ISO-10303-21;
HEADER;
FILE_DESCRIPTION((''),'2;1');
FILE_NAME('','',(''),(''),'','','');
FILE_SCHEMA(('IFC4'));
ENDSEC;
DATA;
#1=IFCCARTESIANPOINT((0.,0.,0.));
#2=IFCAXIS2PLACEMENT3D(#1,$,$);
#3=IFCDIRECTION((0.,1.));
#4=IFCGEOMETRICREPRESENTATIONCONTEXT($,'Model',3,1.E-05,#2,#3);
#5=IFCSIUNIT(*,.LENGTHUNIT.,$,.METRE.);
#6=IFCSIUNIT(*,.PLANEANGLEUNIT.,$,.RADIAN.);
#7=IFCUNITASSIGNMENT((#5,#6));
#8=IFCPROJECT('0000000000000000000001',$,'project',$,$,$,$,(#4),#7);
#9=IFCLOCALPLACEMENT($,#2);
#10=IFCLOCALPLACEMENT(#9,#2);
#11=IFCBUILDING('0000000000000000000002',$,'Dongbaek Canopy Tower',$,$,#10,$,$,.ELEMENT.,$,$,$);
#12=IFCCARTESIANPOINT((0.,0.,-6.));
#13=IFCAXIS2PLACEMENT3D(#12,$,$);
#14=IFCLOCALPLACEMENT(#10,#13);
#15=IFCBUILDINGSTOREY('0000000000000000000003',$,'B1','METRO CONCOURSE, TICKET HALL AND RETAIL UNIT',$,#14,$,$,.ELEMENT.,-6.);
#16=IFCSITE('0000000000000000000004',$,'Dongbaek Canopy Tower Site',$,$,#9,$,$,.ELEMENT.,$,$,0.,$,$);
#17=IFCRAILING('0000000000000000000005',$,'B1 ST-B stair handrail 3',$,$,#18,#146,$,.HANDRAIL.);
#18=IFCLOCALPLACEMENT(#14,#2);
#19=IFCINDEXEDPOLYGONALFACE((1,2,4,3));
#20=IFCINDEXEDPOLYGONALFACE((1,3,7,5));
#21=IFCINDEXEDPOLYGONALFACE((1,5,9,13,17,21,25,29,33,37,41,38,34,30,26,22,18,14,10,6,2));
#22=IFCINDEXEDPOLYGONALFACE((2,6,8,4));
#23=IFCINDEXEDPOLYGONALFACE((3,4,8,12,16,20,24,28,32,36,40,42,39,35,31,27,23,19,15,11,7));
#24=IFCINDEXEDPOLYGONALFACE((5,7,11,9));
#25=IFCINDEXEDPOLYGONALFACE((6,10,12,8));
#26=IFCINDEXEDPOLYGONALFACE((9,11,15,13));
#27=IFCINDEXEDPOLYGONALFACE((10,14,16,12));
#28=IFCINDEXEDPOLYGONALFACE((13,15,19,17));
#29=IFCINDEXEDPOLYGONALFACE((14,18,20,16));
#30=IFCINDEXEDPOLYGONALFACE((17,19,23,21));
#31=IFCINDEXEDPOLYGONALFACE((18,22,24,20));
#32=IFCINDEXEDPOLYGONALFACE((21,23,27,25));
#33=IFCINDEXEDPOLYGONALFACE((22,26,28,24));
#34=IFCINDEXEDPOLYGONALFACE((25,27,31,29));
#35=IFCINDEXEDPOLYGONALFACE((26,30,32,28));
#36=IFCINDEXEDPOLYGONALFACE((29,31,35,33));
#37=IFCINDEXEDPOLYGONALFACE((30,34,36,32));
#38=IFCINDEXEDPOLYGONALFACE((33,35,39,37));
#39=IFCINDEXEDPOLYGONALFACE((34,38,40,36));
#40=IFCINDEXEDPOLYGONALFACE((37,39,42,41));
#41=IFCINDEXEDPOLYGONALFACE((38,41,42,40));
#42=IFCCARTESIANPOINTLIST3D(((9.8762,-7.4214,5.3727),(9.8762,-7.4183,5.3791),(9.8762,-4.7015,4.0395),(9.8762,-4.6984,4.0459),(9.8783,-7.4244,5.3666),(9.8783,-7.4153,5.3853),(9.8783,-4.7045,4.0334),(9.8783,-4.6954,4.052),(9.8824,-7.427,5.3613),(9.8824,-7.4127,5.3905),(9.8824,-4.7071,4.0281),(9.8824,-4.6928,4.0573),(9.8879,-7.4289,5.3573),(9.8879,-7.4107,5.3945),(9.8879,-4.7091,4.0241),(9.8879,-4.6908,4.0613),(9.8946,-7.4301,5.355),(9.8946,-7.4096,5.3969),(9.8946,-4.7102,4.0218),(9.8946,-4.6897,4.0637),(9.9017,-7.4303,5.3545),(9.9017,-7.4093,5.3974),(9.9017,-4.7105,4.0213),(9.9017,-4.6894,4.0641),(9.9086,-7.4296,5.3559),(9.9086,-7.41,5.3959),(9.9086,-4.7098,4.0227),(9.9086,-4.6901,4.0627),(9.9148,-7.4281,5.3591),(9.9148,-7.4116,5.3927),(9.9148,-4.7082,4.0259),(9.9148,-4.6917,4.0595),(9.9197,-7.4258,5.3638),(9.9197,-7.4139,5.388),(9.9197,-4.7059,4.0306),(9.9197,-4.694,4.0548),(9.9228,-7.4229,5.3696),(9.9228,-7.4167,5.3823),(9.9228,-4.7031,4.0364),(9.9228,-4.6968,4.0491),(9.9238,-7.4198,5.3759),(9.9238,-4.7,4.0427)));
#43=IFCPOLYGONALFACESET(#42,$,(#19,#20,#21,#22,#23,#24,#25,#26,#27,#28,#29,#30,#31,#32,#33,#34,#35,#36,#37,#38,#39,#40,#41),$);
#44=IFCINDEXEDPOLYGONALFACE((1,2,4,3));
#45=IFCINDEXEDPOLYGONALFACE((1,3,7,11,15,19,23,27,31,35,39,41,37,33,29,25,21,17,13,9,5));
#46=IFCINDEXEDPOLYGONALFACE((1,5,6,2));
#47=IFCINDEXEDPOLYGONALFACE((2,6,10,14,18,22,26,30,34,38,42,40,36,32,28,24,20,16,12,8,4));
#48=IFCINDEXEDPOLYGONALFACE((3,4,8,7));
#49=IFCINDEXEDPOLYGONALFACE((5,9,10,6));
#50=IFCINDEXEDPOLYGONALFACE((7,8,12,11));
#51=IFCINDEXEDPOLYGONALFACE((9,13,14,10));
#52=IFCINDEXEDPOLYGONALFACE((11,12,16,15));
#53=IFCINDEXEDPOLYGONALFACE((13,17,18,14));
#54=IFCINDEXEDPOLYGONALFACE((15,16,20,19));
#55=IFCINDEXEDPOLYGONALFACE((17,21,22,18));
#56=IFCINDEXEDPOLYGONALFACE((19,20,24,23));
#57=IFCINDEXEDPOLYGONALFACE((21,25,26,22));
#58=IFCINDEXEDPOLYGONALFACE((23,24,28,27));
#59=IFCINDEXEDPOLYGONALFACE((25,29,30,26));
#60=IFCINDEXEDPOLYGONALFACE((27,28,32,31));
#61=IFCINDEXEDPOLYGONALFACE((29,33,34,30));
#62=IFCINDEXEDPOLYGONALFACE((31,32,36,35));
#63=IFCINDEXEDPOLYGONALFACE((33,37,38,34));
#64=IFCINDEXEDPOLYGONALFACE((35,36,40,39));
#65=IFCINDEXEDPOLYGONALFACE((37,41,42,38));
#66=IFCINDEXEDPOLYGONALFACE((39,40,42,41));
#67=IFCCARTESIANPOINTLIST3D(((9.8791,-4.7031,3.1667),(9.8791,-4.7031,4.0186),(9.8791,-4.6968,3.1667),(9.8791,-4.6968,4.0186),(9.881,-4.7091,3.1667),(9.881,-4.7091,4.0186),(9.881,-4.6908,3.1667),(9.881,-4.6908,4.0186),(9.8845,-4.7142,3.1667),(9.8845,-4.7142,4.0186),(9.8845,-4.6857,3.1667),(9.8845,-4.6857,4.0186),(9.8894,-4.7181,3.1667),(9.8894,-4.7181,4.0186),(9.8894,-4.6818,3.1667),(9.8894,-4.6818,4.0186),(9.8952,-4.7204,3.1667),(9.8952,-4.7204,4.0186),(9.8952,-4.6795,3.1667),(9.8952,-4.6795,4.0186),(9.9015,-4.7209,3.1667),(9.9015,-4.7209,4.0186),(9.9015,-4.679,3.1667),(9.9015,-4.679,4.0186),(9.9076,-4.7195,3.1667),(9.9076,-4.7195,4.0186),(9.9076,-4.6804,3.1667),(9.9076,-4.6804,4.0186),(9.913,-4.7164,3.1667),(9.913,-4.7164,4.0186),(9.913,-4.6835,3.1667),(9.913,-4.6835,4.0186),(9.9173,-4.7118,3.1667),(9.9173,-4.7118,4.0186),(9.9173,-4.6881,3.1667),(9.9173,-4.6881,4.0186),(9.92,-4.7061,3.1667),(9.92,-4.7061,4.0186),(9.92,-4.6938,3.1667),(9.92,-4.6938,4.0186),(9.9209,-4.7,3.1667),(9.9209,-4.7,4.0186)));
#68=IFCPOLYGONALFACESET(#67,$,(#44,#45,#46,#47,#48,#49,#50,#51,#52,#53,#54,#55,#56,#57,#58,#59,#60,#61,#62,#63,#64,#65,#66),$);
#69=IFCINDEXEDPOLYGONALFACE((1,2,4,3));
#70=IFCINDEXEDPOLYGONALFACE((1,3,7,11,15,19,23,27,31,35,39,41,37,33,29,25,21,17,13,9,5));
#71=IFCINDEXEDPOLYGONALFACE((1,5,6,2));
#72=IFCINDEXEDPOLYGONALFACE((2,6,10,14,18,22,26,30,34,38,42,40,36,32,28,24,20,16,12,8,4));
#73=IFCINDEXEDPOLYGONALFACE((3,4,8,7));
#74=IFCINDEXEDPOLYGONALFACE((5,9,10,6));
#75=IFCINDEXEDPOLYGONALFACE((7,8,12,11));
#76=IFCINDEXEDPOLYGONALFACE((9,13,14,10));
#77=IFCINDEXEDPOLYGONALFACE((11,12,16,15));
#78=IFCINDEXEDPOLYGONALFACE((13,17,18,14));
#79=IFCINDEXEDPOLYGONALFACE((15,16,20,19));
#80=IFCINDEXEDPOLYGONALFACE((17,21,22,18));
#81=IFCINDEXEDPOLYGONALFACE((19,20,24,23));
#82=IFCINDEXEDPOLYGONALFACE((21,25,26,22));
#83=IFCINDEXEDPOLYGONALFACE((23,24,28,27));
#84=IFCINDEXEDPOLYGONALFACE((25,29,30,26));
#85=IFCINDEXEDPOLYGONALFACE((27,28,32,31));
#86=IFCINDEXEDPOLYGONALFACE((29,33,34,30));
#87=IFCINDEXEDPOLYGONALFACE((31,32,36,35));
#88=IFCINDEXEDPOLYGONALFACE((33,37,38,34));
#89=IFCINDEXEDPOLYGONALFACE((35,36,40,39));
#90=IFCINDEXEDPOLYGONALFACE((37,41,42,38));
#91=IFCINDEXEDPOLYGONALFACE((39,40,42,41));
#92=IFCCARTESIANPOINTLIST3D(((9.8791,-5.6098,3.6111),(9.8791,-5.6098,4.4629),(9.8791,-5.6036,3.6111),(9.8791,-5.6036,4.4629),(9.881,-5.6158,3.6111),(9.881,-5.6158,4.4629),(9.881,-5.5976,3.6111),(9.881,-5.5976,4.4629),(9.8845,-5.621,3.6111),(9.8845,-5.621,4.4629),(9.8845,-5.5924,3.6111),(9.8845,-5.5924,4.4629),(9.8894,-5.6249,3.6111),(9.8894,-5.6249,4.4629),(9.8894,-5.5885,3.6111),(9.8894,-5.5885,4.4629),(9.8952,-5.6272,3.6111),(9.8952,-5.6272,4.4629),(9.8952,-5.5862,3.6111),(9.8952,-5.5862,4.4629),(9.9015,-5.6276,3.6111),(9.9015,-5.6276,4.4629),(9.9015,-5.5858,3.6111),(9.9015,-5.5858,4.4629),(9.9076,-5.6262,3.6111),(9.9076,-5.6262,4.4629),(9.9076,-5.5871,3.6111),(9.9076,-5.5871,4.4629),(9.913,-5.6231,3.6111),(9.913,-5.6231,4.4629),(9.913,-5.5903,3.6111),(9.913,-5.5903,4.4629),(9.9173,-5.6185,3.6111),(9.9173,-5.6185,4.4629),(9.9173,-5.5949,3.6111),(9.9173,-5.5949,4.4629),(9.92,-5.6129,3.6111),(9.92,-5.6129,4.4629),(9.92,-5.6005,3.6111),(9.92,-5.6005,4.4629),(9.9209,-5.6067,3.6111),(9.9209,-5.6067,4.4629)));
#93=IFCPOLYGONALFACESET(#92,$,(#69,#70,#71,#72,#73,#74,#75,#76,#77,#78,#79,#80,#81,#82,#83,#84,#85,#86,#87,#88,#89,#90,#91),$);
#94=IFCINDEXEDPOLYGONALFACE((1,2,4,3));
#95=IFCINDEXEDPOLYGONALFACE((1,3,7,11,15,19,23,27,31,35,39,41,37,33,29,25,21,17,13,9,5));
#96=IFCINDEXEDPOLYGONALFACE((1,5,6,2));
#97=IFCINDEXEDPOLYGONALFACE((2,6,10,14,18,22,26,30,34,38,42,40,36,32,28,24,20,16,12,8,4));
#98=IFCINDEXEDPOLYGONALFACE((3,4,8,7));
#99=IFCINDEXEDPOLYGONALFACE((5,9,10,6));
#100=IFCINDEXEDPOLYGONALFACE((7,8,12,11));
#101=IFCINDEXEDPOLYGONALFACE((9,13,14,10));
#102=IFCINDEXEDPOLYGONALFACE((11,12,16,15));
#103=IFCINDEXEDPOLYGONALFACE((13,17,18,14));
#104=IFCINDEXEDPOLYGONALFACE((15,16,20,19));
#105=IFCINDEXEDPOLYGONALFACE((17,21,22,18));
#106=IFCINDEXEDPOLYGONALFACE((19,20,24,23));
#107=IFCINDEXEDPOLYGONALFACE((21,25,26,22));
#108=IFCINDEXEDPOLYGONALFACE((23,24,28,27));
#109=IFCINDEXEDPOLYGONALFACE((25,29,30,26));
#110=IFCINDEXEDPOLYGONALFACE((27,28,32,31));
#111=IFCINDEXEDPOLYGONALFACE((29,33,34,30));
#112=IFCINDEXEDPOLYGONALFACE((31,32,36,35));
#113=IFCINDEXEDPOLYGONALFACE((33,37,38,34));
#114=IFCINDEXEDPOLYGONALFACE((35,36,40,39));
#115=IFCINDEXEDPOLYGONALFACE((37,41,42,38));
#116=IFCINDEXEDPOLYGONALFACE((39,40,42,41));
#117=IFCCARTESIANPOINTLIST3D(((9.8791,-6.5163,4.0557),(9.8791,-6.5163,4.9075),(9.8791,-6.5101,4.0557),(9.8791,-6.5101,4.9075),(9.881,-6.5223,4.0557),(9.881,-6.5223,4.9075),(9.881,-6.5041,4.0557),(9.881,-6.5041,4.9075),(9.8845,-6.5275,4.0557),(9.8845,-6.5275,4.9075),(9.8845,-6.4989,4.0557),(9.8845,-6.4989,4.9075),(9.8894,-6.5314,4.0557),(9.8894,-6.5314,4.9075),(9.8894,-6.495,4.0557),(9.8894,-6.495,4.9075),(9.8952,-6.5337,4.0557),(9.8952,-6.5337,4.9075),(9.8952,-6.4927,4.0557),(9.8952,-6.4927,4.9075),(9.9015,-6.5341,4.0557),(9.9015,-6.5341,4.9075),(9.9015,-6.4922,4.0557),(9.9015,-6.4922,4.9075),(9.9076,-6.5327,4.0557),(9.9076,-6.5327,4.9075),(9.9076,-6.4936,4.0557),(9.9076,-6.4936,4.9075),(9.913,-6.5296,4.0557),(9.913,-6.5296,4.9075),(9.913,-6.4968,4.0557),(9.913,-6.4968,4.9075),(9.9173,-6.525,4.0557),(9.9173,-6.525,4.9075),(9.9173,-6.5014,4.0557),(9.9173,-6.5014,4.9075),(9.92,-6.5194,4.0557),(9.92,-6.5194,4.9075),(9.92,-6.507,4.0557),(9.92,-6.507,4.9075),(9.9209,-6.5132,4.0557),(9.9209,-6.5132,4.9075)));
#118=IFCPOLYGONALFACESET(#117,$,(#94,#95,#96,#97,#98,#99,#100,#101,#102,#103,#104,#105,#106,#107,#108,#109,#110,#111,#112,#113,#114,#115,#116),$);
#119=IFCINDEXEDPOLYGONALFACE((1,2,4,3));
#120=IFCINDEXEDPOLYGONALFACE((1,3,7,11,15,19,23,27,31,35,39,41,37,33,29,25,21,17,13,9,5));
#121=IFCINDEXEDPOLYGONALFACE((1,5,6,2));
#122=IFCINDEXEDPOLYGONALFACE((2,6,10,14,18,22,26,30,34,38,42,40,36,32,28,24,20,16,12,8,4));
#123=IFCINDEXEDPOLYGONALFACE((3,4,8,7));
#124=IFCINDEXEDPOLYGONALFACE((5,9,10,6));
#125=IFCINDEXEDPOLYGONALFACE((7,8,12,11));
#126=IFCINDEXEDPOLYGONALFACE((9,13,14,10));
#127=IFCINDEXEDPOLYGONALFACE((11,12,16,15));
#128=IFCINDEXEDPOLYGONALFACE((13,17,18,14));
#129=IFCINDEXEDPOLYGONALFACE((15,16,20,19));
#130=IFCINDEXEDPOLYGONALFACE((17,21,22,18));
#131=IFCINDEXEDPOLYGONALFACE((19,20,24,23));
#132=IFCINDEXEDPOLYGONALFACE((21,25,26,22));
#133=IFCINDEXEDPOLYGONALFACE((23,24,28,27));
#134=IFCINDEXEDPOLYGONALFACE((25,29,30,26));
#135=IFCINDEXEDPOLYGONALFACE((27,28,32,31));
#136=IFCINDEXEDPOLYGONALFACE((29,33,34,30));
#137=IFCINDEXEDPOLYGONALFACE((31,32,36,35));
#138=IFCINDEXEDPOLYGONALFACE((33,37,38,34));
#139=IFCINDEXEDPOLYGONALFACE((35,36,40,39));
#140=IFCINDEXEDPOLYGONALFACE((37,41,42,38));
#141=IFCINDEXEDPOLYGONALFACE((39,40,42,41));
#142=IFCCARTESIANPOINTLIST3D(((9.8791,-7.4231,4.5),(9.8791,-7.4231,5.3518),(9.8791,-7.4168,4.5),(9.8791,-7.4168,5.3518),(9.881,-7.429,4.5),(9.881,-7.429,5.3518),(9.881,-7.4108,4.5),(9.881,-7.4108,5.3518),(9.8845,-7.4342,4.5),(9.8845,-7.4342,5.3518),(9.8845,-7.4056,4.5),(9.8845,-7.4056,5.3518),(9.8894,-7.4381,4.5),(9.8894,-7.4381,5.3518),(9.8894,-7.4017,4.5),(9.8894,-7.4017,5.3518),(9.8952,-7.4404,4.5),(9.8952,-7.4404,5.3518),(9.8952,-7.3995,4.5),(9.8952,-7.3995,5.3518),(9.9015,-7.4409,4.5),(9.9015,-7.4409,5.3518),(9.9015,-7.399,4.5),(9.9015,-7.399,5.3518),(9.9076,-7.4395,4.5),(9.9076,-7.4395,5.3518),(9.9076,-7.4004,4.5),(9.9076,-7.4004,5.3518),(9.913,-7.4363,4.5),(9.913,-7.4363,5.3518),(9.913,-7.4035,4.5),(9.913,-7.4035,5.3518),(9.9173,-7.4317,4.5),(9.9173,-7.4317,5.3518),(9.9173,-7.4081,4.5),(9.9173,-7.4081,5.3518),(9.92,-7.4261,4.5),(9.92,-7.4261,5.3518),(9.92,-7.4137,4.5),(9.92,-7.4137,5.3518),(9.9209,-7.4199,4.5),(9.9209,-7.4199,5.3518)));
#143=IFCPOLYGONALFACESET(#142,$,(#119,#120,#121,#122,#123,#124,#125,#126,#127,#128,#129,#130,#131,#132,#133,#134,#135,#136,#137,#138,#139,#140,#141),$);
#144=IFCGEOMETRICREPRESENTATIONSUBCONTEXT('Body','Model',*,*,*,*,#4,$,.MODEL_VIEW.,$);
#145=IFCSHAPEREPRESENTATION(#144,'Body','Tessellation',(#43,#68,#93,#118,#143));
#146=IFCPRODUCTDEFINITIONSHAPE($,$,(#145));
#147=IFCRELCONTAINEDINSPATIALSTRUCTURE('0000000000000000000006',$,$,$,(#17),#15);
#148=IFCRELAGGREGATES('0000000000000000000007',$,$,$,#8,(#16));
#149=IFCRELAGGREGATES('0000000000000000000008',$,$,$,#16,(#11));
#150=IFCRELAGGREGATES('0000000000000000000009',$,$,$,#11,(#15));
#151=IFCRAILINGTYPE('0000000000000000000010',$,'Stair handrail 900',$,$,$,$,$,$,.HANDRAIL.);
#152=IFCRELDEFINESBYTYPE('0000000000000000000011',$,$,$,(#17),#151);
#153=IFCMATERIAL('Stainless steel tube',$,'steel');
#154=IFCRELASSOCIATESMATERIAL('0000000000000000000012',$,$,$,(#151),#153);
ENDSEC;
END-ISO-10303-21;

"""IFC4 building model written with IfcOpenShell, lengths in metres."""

from ifc_helpers import new_model, si_unit, direction, frame, origin, origin_2d, place, context, subcontext, project, spatial, circle, extrude, material, type_object, element, save


model = new_model("IFC4")

# Units and contexts
model_context = context("Model", 3, precision=1e-05, world=origin(), true_north=direction((0.0, 1.0)))
body_context = subcontext(model_context, "Body", "Model", "MODEL_VIEW")
ifc_project = project(units=[si_unit("LENGTHUNIT", "METRE"), si_unit("PLANEANGLEUNIT", "RADIAN")], contexts=[model_context])

# Site, building, storey
site_placement = place(None, origin())
site = spatial("IfcSite", under=ifc_project, at=site_placement, Name="Dongbaek Canopy Tower Site", CompositionType="ELEMENT", RefElevation=0.0)
building_placement = place(site_placement, origin())
building = spatial("IfcBuilding", under=site, at=building_placement, Name="Dongbaek Canopy Tower", CompositionType="ELEMENT")
storey_placement = place(building_placement, frame((0.0, 0.0, -6.0)))
storey = spatial("IfcBuildingStorey", under=building, at=storey_placement, Name="B1", Description="METRO CONCOURSE, TICKET HALL AND RETAIL UNIT", CompositionType="ELEMENT", Elevation=-6.0)

# Railing
ifc_material_1 = material(Name="Stainless steel tube", Category="steel")
railing_type_1 = type_object("IfcRailingType", Name="Stair handrail 900", PredefinedType="HANDRAIL", material=ifc_material_1)
railing_1_placement = place(storey_placement, frame((9.8999, -4.7, 3.1667)))
element("IfcRailing", 1, at=railing_1_placement, inside=storey, type_object=railing_type_1, Name="B1 ST-B stair handrail 3", PredefinedType="HANDRAIL", context=body_context, shape_type="SweptSolid", body=[
    extrude(circle(Radius=0.0239, at=origin_2d()), frame((0.0, 0.0, 0.876), z_axis=(0.0, -0.897929, 0.440139), x_axis=(1.0, 0.0, 0.0)), (0.0, 0.0, 1.0), 3.0291),
    extrude(circle(Radius=0.021, at=origin_2d()), origin(), (0.0, 0.0, 1.0), 0.8518),
    extrude(circle(Radius=0.021, at=origin_2d()), frame((0.0, -0.9067, 0.4443)), (0.0, 0.0, 1.0), 0.8518),
    extrude(circle(Radius=0.021, at=origin_2d()), frame((0.0, -1.8132, 0.8889)), (0.0, 0.0, 1.0), 0.8518),
    extrude(circle(Radius=0.021, at=origin_2d()), frame((0.0, -2.72, 1.3333)), (0.0, 0.0, 1.0), 0.8518),
])

save(model, "model.ifc")
